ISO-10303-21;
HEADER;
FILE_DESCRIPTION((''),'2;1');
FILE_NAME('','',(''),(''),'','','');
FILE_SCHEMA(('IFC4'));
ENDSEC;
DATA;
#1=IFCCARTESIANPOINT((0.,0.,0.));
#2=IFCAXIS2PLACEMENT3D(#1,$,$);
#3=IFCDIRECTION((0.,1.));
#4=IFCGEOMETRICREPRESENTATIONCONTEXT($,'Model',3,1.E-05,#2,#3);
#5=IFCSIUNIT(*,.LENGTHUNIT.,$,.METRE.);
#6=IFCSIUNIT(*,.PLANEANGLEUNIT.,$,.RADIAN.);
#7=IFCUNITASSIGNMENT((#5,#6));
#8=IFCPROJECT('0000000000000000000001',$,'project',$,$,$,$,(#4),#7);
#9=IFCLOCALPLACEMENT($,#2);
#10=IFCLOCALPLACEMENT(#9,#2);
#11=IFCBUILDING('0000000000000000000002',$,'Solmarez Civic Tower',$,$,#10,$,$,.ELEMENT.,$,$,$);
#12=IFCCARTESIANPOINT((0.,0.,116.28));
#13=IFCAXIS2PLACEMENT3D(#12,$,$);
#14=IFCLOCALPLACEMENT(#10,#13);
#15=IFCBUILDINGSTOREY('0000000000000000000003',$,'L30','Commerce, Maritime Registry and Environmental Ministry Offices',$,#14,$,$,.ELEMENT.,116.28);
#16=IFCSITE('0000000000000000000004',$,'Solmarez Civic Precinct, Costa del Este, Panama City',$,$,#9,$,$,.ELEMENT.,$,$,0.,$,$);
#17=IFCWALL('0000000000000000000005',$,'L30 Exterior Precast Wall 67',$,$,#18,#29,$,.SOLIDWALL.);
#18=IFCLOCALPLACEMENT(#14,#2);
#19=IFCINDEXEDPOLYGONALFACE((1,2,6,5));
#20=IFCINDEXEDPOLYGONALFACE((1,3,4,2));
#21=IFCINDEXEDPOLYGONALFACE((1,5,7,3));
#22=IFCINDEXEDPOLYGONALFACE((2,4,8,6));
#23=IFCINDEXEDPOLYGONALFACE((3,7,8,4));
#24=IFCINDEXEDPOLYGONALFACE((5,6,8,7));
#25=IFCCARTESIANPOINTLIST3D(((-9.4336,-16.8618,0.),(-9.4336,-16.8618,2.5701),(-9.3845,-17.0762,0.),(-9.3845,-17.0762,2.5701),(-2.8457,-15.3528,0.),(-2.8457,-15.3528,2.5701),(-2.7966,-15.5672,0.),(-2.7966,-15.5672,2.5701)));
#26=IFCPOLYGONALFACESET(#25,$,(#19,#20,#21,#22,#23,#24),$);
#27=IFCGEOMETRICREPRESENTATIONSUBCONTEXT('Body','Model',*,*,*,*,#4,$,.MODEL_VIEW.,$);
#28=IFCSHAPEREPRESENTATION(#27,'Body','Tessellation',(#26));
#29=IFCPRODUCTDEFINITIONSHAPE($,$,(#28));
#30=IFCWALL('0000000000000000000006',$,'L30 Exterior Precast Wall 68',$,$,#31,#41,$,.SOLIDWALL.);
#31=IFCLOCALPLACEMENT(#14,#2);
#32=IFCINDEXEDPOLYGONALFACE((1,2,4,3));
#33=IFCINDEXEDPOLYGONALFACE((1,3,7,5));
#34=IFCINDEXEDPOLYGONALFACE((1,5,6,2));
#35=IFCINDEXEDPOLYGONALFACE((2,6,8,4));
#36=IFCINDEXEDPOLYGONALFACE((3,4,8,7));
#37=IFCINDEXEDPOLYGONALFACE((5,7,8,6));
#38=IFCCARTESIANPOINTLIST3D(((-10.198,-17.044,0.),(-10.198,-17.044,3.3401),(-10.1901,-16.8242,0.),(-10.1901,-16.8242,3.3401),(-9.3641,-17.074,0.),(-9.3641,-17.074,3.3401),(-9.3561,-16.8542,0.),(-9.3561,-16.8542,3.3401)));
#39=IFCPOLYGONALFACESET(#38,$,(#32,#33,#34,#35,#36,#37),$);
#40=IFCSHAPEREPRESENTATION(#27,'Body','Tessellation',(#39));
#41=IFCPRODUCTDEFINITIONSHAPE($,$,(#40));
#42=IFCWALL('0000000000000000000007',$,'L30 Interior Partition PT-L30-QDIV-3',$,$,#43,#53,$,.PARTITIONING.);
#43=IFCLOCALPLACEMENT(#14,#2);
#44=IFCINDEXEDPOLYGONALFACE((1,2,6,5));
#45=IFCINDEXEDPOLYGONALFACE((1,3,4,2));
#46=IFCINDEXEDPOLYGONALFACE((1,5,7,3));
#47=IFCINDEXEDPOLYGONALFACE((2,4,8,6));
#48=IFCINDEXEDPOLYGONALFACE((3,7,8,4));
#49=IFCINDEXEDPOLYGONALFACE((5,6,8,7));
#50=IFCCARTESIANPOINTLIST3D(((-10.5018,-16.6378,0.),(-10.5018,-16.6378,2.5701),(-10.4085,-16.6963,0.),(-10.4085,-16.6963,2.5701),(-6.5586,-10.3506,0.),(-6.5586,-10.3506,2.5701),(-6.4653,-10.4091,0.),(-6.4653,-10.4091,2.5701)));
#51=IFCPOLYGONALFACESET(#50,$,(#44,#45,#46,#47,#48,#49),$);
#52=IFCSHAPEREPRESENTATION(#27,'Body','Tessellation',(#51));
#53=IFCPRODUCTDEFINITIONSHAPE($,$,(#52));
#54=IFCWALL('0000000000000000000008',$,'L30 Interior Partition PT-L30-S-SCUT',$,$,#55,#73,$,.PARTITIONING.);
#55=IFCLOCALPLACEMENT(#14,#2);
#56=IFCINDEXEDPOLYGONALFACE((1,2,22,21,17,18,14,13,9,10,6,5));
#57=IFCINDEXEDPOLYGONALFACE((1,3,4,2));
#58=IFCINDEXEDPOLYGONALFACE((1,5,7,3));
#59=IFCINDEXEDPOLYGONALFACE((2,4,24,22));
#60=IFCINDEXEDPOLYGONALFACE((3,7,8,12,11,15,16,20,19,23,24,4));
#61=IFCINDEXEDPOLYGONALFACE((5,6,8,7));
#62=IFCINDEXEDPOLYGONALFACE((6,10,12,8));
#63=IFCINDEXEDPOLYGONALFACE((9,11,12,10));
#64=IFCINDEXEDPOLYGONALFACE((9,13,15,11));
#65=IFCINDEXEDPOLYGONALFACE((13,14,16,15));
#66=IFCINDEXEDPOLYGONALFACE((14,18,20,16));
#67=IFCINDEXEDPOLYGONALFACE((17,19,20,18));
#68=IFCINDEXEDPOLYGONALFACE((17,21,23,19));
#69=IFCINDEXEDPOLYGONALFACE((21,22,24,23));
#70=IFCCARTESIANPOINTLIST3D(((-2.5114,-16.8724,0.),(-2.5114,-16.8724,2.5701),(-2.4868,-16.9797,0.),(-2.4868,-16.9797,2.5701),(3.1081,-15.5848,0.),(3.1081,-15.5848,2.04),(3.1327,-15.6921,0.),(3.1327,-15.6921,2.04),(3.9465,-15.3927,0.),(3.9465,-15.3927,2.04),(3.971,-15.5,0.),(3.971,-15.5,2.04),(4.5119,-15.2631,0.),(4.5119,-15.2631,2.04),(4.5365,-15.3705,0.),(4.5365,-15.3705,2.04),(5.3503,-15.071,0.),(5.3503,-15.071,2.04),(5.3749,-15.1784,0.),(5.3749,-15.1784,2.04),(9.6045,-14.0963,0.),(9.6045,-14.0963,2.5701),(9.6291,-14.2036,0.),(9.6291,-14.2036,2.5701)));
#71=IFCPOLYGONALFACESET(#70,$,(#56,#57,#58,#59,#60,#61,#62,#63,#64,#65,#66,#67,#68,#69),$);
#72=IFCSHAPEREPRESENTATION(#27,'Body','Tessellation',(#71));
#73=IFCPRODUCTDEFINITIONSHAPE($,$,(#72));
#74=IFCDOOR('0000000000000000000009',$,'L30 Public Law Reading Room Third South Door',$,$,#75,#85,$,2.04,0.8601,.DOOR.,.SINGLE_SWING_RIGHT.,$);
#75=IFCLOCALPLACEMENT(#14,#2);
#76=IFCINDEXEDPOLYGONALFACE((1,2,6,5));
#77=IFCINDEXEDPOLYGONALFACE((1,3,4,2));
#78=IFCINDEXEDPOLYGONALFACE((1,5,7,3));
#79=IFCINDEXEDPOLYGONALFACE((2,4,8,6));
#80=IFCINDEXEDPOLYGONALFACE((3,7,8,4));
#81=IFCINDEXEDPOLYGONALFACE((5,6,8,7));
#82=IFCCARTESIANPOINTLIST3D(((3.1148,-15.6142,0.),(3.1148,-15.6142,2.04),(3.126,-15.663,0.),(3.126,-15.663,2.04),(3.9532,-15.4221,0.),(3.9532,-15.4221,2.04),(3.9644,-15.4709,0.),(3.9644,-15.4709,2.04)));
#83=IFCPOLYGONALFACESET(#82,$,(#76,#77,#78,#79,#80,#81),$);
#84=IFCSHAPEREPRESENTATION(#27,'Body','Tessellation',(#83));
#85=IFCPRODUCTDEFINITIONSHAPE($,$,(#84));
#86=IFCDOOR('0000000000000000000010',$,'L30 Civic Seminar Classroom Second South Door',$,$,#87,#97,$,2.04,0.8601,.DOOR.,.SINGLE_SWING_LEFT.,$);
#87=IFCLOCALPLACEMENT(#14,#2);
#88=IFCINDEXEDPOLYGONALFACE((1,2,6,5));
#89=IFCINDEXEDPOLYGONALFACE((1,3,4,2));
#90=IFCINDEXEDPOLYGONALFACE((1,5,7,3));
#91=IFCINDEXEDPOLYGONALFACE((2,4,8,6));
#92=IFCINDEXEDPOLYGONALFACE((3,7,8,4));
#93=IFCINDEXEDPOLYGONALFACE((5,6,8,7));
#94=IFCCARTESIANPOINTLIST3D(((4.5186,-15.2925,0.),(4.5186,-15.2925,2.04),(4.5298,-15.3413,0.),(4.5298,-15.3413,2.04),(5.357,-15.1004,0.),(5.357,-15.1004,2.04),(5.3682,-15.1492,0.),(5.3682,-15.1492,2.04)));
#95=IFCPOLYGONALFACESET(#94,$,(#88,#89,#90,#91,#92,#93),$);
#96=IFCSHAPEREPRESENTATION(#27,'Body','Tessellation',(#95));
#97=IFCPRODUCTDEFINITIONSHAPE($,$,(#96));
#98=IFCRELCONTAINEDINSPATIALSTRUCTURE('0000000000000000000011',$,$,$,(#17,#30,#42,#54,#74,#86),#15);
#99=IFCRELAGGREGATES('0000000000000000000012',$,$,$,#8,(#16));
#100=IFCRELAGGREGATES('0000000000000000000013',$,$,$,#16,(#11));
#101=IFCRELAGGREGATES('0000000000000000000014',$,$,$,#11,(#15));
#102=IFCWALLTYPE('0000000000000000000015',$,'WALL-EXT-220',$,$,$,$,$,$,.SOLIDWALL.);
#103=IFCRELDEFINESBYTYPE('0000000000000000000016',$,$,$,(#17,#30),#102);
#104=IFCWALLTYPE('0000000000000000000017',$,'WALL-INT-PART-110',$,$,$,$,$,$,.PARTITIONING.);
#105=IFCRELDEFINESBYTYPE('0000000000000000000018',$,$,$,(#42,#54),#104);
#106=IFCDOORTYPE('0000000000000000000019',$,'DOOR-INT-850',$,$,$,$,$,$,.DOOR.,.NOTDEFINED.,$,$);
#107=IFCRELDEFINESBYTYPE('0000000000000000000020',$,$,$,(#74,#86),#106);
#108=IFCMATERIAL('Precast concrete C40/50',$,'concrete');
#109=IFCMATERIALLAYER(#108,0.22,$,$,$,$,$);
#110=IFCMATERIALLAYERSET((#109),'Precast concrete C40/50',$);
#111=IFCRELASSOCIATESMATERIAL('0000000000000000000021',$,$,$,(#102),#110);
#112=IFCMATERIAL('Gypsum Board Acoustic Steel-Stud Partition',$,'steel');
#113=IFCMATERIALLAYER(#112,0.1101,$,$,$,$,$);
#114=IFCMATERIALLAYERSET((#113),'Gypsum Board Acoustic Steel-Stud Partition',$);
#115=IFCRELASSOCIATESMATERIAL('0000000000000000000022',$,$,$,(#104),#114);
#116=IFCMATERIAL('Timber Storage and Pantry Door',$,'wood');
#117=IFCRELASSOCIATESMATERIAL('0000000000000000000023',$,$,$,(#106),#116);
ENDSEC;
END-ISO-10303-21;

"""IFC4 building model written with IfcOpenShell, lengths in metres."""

from ifc_helpers import new_model, si_unit, direction, frame, frame_2d, origin, place, context, subcontext, project, spatial, rectangle, extrude, material, layer, layer_set, type_object, element, fill, save


model = new_model("IFC4")

# Units and contexts
model_context = context("Model", 3, precision=1e-05, world=origin(), true_north=direction((0.0, 1.0)))
body_context = subcontext(model_context, "Body", "Model", "MODEL_VIEW")
ifc_project = project(units=[si_unit("LENGTHUNIT", "METRE"), si_unit("PLANEANGLEUNIT", "RADIAN")], contexts=[model_context])

# Site, building, storey
site_placement = place(None, origin())
site = spatial("IfcSite", under=ifc_project, at=site_placement, Name="Solmarez Civic Precinct, Costa del Este, Panama City", CompositionType="ELEMENT", RefElevation=0.0)
building_placement = place(site_placement, origin())
building = spatial("IfcBuilding", under=site, at=building_placement, Name="Solmarez Civic Tower", CompositionType="ELEMENT")
storey_placement = place(building_placement, frame((0.0, 0.0, 116.28)))
storey = spatial("IfcBuildingStorey", under=building, at=storey_placement, Name="L30", Description="Commerce, Maritime Registry and Environmental Ministry Offices", CompositionType="ELEMENT", Elevation=116.28)

# Walls
ifc_material_1 = material(Name="Precast concrete C40/50", Category="concrete")
ifc_layer_1 = layer(ifc_material_1, 0.22)
ifc_layer_set_1 = layer_set([ifc_layer_1], Name="Precast concrete C40/50")
wall_type_1 = type_object("IfcWallType", Name="WALL-EXT-220", PredefinedType="SOLIDWALL", material=ifc_layer_set_1)
wall_1_placement = place(storey_placement, frame((-2.821, -15.46, 0.0), z_axis=(0.0, 0.0, 1.0), x_axis=(-0.974755, -0.223279, 0.0)))
element("IfcWall", 1, at=wall_1_placement, inside=storey, type_object=wall_type_1, Name="L30 Exterior Precast Wall 67", PredefinedType="SOLIDWALL", context=body_context, shape_type="SweptSolid", body=[
    extrude(rectangle(XDim=6.7585, YDim=0.22, at=frame_2d((3.3794, 0.0))), origin(), (0.0, 0.0, 1.0), 2.5701),
])
wall_2_placement = place(storey_placement, frame((-9.3601, -16.9641, 0.0), z_axis=(0.0, 0.0, 1.0), x_axis=(-0.999352, 0.035984, 0.0)))
element("IfcWall", 2, at=wall_2_placement, inside=storey, type_object=wall_type_1, Name="L30 Exterior Precast Wall 68", PredefinedType="SOLIDWALL", context=body_context, shape_type="SweptSolid", body=[
    extrude(rectangle(XDim=0.8345, YDim=0.22, at=frame_2d((0.4172, 0.0))), origin(), (0.0, 0.0, 1.0), 3.3401),
])
ifc_material_2 = material(Name="Gypsum Board Acoustic Steel-Stud Partition", Category="steel")
ifc_layer_2 = layer(ifc_material_2, 0.1101)
ifc_layer_set_2 = layer_set([ifc_layer_2], Name="Gypsum Board Acoustic Steel-Stud Partition")
wall_type_2 = type_object("IfcWallType", Name="WALL-INT-PART-110", PredefinedType="PARTITIONING", material=ifc_layer_set_2)
wall_3_placement = place(storey_placement, frame((-6.512, -10.3799, 0.0), z_axis=(0.0, 0.0, 1.0), x_axis=(-0.531323, -0.847169, 0.0)))
element("IfcWall", 3, at=wall_3_placement, inside=storey, type_object=wall_type_2, Name="L30 Interior Partition PT-L30-QDIV-3", PredefinedType="PARTITIONING", context=body_context, shape_type="SweptSolid", body=[
    extrude(rectangle(XDim=7.4214, YDim=0.1101, at=frame_2d((3.7107, 0.0))), origin(), (0.0, 0.0, 1.0), 2.5701),
])

# Wall, openings, doors
wall_4_placement = place(storey_placement, frame((-2.499, -16.926, 0.0), z_axis=(0.0, 0.0, 1.0), x_axis=(0.97474, 0.223342, 0.0)))
wall_4 = element("IfcWall", 4, at=wall_4_placement, inside=storey, type_object=wall_type_2, Name="L30 Interior Partition PT-L30-S-SCUT", PredefinedType="PARTITIONING", context=body_context, shape_type="SweptSolid", body=[
    extrude(rectangle(XDim=12.4299, YDim=0.1101, at=frame_2d((6.2148, 0.0))), origin(), (0.0, 0.0, 1.0), 2.5701),
])
opening_1_placement = place(wall_4_placement, frame((5.7649, 0.0, 0.0)))
opening_1 = element("IfcOpeningElement", 5, at=opening_1_placement, cuts=wall_4, PredefinedType="OPENING", context=body_context, shape_type="SweptSolid", body=[
    extrude(rectangle(XDim=0.8601, YDim=2.04, at=frame_2d((0.4302, 1.02))), frame((0.0, 0.0649, 0.0), z_axis=(0.0, -1.0, 0.0), x_axis=(1.0, 0.0, 0.0)), (0.0, 0.0, 1.0), 0.1301),
])
opening_2_placement = place(wall_4_placement, frame((7.2051, 0.0, 0.0)))
opening_2 = element("IfcOpeningElement", 6, at=opening_2_placement, cuts=wall_4, PredefinedType="OPENING", context=body_context, shape_type="SweptSolid", body=[
    extrude(rectangle(XDim=0.8601, YDim=2.04, at=frame_2d((0.4302, 1.02))), frame((0.0, 0.0649, 0.0), z_axis=(0.0, -1.0, 0.0), x_axis=(1.0, 0.0, 0.0)), (0.0, 0.0, 1.0), 0.1301),
])
ifc_material_3 = material(Name="Timber Storage and Pantry Door", Category="wood")
door_type = type_object("IfcDoorType", Name="DOOR-INT-850", OperationType="NOTDEFINED", PredefinedType="DOOR", material=ifc_material_3)
door_1_placement = place(opening_1_placement, origin())
door_1 = element("IfcDoor", 7, at=door_1_placement, inside=storey, type_object=door_type, Name="L30 Public Law Reading Room Third South Door", OperationType="SINGLE_SWING_RIGHT", OverallHeight=2.04, OverallWidth=0.8601, PredefinedType="DOOR", context=body_context, shape_type="SweptSolid", body=[
    extrude(rectangle(XDim=0.8601, YDim=2.04, at=frame_2d((0.4302, 1.02))), frame((0.0, 0.0249, 0.0), z_axis=(0.0, -1.0, 0.0), x_axis=(1.0, 0.0, 0.0)), (0.0, 0.0, 1.0), 0.05),
])
fill(opening_1, door_1)
door_2_placement = place(opening_2_placement, origin())
door_2 = element("IfcDoor", 8, at=door_2_placement, inside=storey, type_object=door_type, Name="L30 Civic Seminar Classroom Second South Door", OperationType="SINGLE_SWING_LEFT", OverallHeight=2.04, OverallWidth=0.8601, PredefinedType="DOOR", context=body_context, shape_type="SweptSolid", body=[
    extrude(rectangle(XDim=0.8601, YDim=2.04, at=frame_2d((0.4302, 1.02))), frame((0.0, 0.0249, 0.0), z_axis=(0.0, -1.0, 0.0), x_axis=(1.0, 0.0, 0.0)), (0.0, 0.0, 1.0), 0.05),
])
fill(opening_2, door_2)

save(model, "model.ifc")
